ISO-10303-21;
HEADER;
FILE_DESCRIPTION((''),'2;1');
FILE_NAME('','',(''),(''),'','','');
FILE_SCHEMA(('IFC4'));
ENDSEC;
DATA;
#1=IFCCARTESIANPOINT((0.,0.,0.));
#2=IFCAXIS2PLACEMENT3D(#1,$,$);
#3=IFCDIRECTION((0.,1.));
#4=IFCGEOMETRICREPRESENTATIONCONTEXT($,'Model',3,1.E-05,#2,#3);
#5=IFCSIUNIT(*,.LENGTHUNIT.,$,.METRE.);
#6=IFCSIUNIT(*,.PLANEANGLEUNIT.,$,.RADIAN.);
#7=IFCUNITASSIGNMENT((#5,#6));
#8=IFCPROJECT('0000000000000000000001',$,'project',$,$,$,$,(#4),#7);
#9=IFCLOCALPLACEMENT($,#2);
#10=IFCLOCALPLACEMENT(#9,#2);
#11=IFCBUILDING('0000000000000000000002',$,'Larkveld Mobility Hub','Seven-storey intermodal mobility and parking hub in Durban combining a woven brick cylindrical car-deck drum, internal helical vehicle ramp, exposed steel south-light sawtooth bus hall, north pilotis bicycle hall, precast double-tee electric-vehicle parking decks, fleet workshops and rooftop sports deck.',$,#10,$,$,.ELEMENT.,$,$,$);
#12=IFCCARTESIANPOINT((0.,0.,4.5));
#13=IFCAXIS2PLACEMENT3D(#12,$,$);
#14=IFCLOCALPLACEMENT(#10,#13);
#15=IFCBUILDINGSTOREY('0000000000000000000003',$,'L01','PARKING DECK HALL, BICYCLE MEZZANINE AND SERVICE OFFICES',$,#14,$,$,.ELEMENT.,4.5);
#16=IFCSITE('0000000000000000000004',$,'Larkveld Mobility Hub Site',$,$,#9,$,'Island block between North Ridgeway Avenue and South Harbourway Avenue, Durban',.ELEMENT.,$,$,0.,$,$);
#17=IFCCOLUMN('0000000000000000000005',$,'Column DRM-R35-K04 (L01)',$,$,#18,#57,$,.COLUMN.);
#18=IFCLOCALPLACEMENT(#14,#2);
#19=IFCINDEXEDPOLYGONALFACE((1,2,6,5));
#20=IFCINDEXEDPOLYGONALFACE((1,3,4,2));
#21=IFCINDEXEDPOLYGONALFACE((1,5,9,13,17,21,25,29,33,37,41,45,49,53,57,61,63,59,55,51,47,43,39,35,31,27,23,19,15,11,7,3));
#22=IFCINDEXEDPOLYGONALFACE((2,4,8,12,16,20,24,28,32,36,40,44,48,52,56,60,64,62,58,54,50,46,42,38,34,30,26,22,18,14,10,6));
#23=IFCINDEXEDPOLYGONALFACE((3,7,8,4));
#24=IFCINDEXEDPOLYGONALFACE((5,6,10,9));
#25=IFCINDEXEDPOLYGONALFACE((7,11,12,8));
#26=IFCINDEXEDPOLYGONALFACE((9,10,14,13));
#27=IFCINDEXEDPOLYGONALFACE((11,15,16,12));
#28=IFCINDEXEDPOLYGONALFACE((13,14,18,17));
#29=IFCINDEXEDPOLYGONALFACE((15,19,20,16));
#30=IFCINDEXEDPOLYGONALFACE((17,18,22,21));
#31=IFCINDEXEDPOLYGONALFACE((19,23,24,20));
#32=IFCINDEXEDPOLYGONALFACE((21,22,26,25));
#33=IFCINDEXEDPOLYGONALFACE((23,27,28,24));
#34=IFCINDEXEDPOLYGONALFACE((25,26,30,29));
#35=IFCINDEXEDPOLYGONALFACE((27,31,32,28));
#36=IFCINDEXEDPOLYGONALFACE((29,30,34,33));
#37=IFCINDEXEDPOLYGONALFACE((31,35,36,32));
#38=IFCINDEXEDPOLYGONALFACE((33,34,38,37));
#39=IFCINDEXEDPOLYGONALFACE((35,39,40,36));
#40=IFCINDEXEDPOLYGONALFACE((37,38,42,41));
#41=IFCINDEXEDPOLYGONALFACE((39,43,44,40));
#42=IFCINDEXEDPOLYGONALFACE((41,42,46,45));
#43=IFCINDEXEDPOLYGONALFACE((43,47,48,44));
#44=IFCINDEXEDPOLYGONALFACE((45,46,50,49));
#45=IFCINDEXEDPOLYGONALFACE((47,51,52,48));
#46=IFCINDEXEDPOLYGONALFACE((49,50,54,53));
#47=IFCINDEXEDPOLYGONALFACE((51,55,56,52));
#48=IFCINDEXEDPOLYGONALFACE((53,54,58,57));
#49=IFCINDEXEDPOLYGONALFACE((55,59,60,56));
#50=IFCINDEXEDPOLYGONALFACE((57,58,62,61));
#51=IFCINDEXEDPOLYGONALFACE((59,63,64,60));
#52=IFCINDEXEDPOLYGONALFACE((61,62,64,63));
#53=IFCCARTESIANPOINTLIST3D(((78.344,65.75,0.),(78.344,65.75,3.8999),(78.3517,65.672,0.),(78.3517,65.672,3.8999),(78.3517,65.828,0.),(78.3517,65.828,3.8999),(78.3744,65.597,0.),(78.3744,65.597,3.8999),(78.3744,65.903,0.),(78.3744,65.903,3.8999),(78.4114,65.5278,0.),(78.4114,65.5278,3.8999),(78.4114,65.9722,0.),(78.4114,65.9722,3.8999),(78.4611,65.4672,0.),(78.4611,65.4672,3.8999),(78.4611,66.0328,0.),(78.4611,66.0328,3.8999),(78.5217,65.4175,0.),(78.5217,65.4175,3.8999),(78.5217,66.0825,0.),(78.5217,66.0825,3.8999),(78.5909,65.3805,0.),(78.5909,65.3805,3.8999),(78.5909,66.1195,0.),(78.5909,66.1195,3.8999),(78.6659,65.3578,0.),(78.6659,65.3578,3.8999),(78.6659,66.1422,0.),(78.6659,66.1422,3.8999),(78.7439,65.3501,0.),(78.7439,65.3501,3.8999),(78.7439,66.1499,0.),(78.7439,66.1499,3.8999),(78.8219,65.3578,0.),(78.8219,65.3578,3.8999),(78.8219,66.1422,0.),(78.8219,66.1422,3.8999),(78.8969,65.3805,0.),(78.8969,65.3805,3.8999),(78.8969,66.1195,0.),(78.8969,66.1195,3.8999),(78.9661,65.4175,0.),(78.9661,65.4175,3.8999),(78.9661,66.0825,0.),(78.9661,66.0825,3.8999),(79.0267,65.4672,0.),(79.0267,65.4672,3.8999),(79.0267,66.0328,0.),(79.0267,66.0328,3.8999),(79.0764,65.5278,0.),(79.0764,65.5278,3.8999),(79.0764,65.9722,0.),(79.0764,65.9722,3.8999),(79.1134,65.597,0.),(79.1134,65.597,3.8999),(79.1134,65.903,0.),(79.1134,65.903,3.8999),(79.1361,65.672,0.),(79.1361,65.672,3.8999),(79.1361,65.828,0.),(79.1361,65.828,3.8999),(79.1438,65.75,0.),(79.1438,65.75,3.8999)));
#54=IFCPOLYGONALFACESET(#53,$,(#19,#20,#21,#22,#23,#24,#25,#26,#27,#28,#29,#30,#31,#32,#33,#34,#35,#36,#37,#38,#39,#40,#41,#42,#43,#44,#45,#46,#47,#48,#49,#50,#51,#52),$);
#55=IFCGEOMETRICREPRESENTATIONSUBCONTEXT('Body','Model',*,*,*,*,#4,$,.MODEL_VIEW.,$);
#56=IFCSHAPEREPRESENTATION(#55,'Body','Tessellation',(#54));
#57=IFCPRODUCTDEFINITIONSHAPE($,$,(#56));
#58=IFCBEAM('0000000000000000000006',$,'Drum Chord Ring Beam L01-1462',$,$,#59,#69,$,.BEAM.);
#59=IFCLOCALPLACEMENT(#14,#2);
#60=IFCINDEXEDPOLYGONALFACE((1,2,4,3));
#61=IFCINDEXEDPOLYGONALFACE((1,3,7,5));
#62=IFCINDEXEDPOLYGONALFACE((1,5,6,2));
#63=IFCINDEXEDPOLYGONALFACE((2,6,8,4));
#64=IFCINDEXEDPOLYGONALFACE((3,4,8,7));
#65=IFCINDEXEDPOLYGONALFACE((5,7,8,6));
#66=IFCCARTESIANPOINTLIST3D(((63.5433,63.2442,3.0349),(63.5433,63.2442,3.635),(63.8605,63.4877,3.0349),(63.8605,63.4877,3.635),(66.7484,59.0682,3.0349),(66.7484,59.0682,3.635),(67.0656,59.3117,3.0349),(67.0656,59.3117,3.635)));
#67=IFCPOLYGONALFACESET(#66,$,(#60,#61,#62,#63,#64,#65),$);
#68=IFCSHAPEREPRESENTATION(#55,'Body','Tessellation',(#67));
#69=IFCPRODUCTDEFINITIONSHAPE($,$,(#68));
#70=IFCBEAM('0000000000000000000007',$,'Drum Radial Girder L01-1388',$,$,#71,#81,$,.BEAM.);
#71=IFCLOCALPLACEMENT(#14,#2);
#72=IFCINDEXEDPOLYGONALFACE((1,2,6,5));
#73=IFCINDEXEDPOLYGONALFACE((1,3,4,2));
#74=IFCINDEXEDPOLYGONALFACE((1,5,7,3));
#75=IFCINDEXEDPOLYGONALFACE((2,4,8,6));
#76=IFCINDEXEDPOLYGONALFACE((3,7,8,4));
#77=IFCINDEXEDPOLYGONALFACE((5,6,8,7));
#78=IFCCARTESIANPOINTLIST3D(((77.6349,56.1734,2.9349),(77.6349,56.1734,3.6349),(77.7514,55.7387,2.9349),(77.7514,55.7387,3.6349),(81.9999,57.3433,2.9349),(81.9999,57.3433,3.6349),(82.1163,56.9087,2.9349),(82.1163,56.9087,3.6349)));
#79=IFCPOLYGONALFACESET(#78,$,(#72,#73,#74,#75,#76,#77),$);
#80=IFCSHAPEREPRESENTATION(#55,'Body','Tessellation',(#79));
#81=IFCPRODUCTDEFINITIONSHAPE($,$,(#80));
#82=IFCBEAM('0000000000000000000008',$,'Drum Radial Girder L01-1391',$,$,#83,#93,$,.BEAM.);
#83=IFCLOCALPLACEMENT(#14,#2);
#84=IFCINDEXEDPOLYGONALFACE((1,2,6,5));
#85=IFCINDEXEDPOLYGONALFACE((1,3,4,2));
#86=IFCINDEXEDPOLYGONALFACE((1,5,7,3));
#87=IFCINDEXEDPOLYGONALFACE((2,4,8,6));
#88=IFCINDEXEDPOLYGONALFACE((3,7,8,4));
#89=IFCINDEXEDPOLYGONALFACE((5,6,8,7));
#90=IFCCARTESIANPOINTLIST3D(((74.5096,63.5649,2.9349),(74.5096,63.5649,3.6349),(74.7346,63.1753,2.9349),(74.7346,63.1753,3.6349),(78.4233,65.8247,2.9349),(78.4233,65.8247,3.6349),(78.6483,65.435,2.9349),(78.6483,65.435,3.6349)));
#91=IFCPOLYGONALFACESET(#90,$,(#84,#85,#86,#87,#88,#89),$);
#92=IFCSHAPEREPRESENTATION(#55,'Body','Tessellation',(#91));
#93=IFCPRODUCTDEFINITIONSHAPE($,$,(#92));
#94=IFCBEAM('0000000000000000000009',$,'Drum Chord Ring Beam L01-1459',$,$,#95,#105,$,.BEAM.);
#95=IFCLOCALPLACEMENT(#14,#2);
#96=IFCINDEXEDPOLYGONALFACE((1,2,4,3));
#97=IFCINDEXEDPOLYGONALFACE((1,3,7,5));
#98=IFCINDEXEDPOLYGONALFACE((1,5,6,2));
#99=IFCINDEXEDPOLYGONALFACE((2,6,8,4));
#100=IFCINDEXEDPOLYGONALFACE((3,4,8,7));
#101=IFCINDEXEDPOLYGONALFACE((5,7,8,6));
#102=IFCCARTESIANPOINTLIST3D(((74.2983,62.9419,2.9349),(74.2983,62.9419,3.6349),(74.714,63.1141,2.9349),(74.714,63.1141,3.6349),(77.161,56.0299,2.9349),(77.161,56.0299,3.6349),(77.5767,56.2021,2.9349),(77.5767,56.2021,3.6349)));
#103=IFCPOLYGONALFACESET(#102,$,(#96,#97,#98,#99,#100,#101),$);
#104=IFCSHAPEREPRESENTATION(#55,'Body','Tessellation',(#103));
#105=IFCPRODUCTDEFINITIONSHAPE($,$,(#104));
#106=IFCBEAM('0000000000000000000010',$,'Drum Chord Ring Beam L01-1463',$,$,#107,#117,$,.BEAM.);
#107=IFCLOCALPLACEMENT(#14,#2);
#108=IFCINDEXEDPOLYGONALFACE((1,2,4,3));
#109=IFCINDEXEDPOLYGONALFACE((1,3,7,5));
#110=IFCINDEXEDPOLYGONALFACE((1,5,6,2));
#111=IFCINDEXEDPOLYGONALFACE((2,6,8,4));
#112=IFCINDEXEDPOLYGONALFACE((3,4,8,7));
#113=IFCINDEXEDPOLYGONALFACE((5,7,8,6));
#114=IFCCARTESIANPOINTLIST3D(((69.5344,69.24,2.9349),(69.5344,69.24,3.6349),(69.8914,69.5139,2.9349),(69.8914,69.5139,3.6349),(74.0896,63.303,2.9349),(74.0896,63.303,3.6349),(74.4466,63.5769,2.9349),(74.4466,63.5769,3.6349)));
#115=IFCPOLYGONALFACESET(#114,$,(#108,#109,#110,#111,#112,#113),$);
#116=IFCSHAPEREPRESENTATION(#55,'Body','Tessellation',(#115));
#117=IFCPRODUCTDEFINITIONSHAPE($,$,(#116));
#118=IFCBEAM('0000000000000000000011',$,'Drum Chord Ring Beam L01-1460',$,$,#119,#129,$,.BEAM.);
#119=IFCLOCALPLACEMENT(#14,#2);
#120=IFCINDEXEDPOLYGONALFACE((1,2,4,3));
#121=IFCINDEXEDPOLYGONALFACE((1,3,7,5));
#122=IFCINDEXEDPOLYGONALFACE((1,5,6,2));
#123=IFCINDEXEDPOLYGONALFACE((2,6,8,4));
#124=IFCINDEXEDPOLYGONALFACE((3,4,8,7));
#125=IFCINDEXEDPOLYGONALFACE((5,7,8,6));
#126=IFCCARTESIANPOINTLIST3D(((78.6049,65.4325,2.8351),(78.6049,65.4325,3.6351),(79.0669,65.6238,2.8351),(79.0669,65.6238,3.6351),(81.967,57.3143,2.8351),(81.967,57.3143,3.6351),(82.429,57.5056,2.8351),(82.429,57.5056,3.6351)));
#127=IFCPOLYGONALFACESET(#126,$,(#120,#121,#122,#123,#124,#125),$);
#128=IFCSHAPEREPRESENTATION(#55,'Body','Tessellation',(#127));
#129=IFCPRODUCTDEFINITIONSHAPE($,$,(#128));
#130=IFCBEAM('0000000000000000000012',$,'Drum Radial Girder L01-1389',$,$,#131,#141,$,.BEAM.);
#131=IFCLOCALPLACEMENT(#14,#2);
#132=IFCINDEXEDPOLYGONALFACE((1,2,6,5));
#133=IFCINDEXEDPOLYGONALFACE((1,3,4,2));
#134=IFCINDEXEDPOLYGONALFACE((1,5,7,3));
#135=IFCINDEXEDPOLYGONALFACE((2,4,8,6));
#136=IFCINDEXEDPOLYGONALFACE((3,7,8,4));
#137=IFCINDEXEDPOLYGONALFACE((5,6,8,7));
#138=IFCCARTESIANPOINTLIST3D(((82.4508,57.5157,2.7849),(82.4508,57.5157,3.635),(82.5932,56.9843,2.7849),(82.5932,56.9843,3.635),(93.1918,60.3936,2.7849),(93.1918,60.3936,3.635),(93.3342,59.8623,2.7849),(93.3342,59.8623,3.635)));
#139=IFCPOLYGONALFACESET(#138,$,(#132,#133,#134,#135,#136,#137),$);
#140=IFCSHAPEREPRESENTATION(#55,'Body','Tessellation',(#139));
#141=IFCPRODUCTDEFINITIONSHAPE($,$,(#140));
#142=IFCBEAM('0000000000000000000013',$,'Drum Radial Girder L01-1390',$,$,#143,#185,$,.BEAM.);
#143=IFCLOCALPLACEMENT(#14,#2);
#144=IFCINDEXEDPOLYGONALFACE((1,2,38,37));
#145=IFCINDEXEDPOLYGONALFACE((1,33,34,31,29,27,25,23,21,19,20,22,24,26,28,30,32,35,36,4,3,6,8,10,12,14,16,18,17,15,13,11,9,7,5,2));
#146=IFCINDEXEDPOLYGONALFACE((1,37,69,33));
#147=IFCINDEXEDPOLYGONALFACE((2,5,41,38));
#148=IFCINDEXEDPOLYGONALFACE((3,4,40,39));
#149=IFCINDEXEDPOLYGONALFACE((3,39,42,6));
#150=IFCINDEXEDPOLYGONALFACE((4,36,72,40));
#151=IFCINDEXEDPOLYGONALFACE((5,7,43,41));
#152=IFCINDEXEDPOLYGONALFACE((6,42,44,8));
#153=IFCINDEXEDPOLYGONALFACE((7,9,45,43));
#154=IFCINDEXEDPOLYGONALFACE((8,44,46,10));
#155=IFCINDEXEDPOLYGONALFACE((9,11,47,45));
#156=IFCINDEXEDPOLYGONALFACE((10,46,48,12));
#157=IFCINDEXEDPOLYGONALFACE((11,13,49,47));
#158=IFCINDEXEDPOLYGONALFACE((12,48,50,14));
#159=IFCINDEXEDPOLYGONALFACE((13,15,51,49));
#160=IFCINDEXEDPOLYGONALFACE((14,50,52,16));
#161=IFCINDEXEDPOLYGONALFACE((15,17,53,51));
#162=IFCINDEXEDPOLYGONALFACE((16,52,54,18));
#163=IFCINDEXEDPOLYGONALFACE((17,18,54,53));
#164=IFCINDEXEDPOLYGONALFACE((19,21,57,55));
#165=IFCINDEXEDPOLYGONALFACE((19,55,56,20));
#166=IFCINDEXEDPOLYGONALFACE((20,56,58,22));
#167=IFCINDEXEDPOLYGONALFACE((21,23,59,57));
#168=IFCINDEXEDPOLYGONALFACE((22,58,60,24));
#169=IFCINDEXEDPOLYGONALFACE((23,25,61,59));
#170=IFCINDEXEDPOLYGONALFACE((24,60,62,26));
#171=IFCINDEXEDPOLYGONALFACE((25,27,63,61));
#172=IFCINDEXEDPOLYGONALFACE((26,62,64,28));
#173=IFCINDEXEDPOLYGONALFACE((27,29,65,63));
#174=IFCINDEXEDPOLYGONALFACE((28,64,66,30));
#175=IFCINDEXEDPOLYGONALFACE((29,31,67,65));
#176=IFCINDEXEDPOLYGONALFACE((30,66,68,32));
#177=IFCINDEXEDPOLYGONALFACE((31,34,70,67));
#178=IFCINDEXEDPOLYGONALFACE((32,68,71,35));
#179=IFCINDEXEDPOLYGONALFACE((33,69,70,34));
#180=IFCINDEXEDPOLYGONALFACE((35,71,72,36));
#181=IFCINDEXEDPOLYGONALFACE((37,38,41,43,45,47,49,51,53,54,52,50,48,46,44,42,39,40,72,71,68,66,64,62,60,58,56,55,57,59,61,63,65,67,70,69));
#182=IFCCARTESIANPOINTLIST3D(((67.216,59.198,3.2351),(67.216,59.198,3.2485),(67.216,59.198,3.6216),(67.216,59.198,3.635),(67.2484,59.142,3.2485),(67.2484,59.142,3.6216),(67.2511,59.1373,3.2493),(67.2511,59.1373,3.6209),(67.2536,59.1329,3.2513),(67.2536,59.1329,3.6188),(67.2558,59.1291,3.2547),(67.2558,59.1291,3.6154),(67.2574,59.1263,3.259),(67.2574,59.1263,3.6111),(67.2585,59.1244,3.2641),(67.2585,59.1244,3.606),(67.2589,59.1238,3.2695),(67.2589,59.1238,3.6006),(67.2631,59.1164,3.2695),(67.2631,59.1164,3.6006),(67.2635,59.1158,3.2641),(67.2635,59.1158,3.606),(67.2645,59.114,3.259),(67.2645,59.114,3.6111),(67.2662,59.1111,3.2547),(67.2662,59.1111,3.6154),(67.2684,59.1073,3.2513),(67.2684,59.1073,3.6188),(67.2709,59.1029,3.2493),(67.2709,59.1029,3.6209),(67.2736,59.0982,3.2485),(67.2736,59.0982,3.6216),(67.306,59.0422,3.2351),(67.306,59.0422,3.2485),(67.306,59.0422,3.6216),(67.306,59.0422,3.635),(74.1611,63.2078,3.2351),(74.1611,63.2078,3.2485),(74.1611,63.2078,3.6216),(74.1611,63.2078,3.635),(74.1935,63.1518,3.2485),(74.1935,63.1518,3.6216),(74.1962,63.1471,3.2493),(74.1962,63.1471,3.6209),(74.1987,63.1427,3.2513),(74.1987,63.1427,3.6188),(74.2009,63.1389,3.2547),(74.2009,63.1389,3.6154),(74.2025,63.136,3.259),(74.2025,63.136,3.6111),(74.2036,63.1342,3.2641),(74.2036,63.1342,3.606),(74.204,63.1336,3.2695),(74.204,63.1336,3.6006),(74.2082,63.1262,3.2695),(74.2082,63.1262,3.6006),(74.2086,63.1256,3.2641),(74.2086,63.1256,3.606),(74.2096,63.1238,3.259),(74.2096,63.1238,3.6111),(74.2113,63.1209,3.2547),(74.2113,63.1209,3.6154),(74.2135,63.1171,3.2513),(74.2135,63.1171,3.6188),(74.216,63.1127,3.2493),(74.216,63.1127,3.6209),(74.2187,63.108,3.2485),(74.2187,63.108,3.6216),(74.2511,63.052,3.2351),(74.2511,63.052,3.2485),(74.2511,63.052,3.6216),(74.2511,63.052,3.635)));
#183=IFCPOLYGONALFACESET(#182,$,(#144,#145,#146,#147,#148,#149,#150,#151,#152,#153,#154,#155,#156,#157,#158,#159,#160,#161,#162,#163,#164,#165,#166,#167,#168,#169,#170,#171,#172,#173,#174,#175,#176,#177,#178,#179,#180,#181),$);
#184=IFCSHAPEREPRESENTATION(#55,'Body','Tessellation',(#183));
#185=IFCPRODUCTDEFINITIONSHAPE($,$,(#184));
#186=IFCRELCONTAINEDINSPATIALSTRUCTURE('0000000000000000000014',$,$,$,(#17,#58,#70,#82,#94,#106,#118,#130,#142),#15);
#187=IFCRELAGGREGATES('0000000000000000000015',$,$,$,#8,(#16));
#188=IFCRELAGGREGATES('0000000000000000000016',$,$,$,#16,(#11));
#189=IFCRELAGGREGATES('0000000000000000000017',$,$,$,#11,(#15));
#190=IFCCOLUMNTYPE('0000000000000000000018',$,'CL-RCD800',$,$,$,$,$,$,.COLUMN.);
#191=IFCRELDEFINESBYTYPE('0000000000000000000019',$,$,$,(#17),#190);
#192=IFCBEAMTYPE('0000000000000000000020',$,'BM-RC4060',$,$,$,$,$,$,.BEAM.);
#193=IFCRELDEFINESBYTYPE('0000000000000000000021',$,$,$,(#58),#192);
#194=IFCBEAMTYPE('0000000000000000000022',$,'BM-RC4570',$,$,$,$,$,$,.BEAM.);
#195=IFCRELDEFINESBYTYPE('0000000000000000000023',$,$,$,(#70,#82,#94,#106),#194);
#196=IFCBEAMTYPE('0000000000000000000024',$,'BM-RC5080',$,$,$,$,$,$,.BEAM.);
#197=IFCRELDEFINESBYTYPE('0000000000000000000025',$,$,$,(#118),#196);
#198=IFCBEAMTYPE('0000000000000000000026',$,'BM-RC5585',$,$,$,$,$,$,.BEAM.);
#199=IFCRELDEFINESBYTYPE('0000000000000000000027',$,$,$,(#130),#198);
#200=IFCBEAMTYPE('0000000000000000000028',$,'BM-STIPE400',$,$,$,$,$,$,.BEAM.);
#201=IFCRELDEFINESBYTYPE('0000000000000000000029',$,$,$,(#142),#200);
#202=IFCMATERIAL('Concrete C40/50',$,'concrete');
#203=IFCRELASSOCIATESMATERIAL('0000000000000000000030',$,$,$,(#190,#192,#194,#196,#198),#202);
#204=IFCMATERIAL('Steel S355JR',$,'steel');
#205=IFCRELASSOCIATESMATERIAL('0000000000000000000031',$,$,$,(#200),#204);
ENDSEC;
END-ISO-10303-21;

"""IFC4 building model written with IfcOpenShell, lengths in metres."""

from ifc_helpers import new_model, si_unit, direction, frame, origin, origin_2d, place, context, subcontext, project, spatial, rectangle, circle, i_section, extrude, material, material_profile, profile_set, type_object, element, save


model = new_model("IFC4")

# Units and contexts
model_context = context("Model", 3, precision=1e-05, world=origin(), true_north=direction((0.0, 1.0)))
body_context = subcontext(model_context, "Body", "Model", "MODEL_VIEW")
ifc_project = project(units=[si_unit("LENGTHUNIT", "METRE"), si_unit("PLANEANGLEUNIT", "RADIAN")], contexts=[model_context])

# Site, building, storey
site_placement = place(None, origin())
site = spatial("IfcSite", under=ifc_project, at=site_placement, Name="Larkveld Mobility Hub Site", LongName="Island block between North Ridgeway Avenue and South Harbourway Avenue, Durban", CompositionType="ELEMENT", RefElevation=0.0)
building_placement = place(site_placement, origin())
building = spatial("IfcBuilding", under=site, at=building_placement, Name="Larkveld Mobility Hub", Description="Seven-storey intermodal mobility and parking hub in Durban combining a woven brick cylindrical car-deck drum, internal helical vehicle ramp, exposed steel south-light sawtooth bus hall, north pilotis bicycle hall, precast double-tee electric-vehicle parking decks, fleet workshops and rooftop sports deck.", CompositionType="ELEMENT")
storey_placement = place(building_placement, frame((0.0, 0.0, 4.5)))
storey = spatial("IfcBuildingStorey", under=building, at=storey_placement, Name="L01", Description="PARKING DECK HALL, BICYCLE MEZZANINE AND SERVICE OFFICES", CompositionType="ELEMENT", Elevation=4.5)

# Column
ifc_material_1 = material(Name="Concrete C40/50", Category="concrete")
ifc_material_profile_1 = material_profile(ifc_material_1, circle(Radius=0.3999, at=origin_2d()), Name="RC COL D800")
ifc_profile_set_1 = profile_set([ifc_material_profile_1], Name="Concrete C40/50")
column_type_1 = type_object("IfcColumnType", Name="CL-RCD800", PredefinedType="COLUMN", material=ifc_profile_set_1)
for number, where, z_axis, x_axis, name in (
    (1, (78.7439, 65.75, 0.0), (0.0, 0.0, 1.0), (1.0, 0.0, 0.0), "Column DRM-R35-K04 (L01)"),
):
    element("IfcColumn", number, at=place(storey_placement, frame(where, z_axis=z_axis, x_axis=x_axis)), inside=storey, type_object=column_type_1, Name=name, PredefinedType="COLUMN", context=body_context, shape_type="SweptSolid", body=[
        extrude(circle(Radius=0.3999, at=origin_2d()), origin(), (0.0, 0.0, 1.0), 3.8999),
    ])

# Beams
ifc_material_profile_2 = material_profile(ifc_material_1, rectangle(XDim=0.3999, YDim=0.6001, at=origin_2d()), Name="RC BM 400x600")
ifc_profile_set_2 = profile_set([ifc_material_profile_2], Name="Concrete C40/50")
beam_type_1 = type_object("IfcBeamType", Name="BM-RC4060", PredefinedType="BEAM", material=ifc_profile_set_2)
beam_1_placement = place(storey_placement, frame((66.907, 59.1899, 3.335), z_axis=(-0.608845, 0.793289, 0.0), x_axis=(-0.793289, -0.608845, 0.0)))
element("IfcBeam", 2, at=beam_1_placement, inside=storey, type_object=beam_type_1, Name="Drum Chord Ring Beam L01-1462", PredefinedType="BEAM", context=body_context, shape_type="SweptSolid", body=[
    extrude(rectangle(XDim=0.3999, YDim=0.6001, at=origin_2d()), origin(), (0.0, 0.0, 1.0), 5.2642),
])
ifc_material_profile_3 = material_profile(ifc_material_1, rectangle(XDim=0.45, YDim=0.7, at=origin_2d()), Name="RC BM 450x700")
ifc_profile_set_3 = profile_set([ifc_material_profile_3], Name="Concrete C40/50")
beam_type_2 = type_object("IfcBeamType", Name="BM-RC4570", PredefinedType="BEAM", material=ifc_profile_set_3)
beam_2_placement = place(storey_placement, frame((77.6931, 55.9561, 3.2849), z_axis=(0.965908, 0.258886, 0.0), x_axis=(-0.258886, 0.965908, 0.0)))
element("IfcBeam", 3, at=beam_2_placement, inside=storey, type_object=beam_type_2, Name="Drum Radial Girder L01-1388", PredefinedType="BEAM", context=body_context, shape_type="SweptSolid", body=[
    extrude(rectangle(XDim=0.45, YDim=0.7, at=origin_2d()), origin(), (0.0, 0.0, 1.0), 4.519),
])
beam_3_placement = place(storey_placement, frame((74.6221, 63.3701, 3.2849), z_axis=(0.866014, 0.50002, 0.0), x_axis=(-0.50002, 0.866014, 0.0)))
element("IfcBeam", 4, at=beam_3_placement, inside=storey, type_object=beam_type_2, Name="Drum Radial Girder L01-1391", PredefinedType="BEAM", context=body_context, shape_type="SweptSolid", body=[
    extrude(rectangle(XDim=0.45, YDim=0.7, at=origin_2d()), origin(), (0.0, 0.0, 1.0), 4.5193),
])
beam_4_placement = place(storey_placement, frame((77.3689, 56.116, 3.2849), z_axis=(-0.38265, 0.923894, 0.0), x_axis=(-0.923894, -0.38265, 0.0)))
element("IfcBeam", 5, at=beam_4_placement, inside=storey, type_object=beam_type_2, Name="Drum Chord Ring Beam L01-1459", PredefinedType="BEAM", context=body_context, shape_type="SweptSolid", body=[
    extrude(rectangle(XDim=0.45, YDim=0.7, at=origin_2d()), origin(), (0.0, 0.0, 1.0), 7.4814),
])
beam_5_placement = place(storey_placement, frame((74.2681, 63.4399, 3.2849), z_axis=(-0.608723, 0.793383, 0.0), x_axis=(-0.793383, -0.608723, 0.0)))
element("IfcBeam", 6, at=beam_5_placement, inside=storey, type_object=beam_type_2, Name="Drum Chord Ring Beam L01-1463", PredefinedType="BEAM", context=body_context, shape_type="SweptSolid", body=[
    extrude(rectangle(XDim=0.45, YDim=0.7, at=origin_2d()), origin(), (0.0, 0.0, 1.0), 7.4832),
])
ifc_material_profile_4 = material_profile(ifc_material_1, rectangle(XDim=0.5, YDim=0.8, at=origin_2d()), Name="RC BM 500x800")
ifc_profile_set_4 = profile_set([ifc_material_profile_4], Name="Concrete C40/50")
beam_type_3 = type_object("IfcBeamType", Name="BM-RC5080", PredefinedType="BEAM", material=ifc_profile_set_4)
beam_6_placement = place(storey_placement, frame((82.198, 57.4099, 3.2351), z_axis=(-0.382626, 0.923903, 0.0), x_axis=(-0.923903, -0.382626, 0.0)))
element("IfcBeam", 7, at=beam_6_placement, inside=storey, type_object=beam_type_3, Name="Drum Chord Ring Beam L01-1460", PredefinedType="BEAM", context=body_context, shape_type="SweptSolid", body=[
    extrude(rectangle(XDim=0.5, YDim=0.8, at=origin_2d()), origin(), (0.0, 0.0, 1.0), 8.7869),
])
ifc_material_profile_5 = material_profile(ifc_material_1, rectangle(XDim=0.55, YDim=0.8501, at=origin_2d()), Name="RC BM 550x850")
ifc_profile_set_5 = profile_set([ifc_material_profile_5], Name="Concrete C40/50")
beam_type_4 = type_object("IfcBeamType", Name="BM-RC5585", PredefinedType="BEAM", material=ifc_profile_set_5)
beam_7_placement = place(storey_placement, frame((82.522, 57.25, 3.21), z_axis=(0.965928, 0.25881, 0.0), x_axis=(-0.25881, 0.965928, 0.0)))
element("IfcBeam", 8, at=beam_7_placement, inside=storey, type_object=beam_type_4, Name="Drum Radial Girder L01-1389", PredefinedType="BEAM", context=body_context, shape_type="SweptSolid", body=[
    extrude(rectangle(XDim=0.55, YDim=0.8501, at=origin_2d()), origin(), (0.0, 0.0, 1.0), 11.1199),
])
ifc_material_2 = material(Name="Steel S355JR", Category="steel")
ifc_material_profile_6 = material_profile(ifc_material_2, i_section(OverallWidth=0.1799, OverallDepth=0.3999, WebThickness=0.0085, FlangeThickness=0.0134, FilletRadius=0.021, at=origin_2d()), Name="IPE 400")
ifc_profile_set_6 = profile_set([ifc_material_profile_6], Name="Steel S355JR")
beam_type_5 = type_object("IfcBeamType", Name="BM-STIPE400", PredefinedType="BEAM", material=ifc_profile_set_6)
beam_8_placement = place(storey_placement, frame((67.261, 59.1201, 3.4351), z_axis=(0.866024, 0.500003, 0.0), x_axis=(-0.500003, 0.866024, 0.0)))
element("IfcBeam", 9, at=beam_8_placement, inside=storey, type_object=beam_type_5, Name="Drum Radial Girder L01-1390", PredefinedType="BEAM", context=body_context, shape_type="SweptSolid", body=[
    extrude(i_section(OverallWidth=0.1799, OverallDepth=0.3999, WebThickness=0.0085, FlangeThickness=0.0134, FilletRadius=0.021, at=origin_2d()), origin(), (0.0, 0.0, 1.0), 8.0195),
])

save(model, "model.ifc")
